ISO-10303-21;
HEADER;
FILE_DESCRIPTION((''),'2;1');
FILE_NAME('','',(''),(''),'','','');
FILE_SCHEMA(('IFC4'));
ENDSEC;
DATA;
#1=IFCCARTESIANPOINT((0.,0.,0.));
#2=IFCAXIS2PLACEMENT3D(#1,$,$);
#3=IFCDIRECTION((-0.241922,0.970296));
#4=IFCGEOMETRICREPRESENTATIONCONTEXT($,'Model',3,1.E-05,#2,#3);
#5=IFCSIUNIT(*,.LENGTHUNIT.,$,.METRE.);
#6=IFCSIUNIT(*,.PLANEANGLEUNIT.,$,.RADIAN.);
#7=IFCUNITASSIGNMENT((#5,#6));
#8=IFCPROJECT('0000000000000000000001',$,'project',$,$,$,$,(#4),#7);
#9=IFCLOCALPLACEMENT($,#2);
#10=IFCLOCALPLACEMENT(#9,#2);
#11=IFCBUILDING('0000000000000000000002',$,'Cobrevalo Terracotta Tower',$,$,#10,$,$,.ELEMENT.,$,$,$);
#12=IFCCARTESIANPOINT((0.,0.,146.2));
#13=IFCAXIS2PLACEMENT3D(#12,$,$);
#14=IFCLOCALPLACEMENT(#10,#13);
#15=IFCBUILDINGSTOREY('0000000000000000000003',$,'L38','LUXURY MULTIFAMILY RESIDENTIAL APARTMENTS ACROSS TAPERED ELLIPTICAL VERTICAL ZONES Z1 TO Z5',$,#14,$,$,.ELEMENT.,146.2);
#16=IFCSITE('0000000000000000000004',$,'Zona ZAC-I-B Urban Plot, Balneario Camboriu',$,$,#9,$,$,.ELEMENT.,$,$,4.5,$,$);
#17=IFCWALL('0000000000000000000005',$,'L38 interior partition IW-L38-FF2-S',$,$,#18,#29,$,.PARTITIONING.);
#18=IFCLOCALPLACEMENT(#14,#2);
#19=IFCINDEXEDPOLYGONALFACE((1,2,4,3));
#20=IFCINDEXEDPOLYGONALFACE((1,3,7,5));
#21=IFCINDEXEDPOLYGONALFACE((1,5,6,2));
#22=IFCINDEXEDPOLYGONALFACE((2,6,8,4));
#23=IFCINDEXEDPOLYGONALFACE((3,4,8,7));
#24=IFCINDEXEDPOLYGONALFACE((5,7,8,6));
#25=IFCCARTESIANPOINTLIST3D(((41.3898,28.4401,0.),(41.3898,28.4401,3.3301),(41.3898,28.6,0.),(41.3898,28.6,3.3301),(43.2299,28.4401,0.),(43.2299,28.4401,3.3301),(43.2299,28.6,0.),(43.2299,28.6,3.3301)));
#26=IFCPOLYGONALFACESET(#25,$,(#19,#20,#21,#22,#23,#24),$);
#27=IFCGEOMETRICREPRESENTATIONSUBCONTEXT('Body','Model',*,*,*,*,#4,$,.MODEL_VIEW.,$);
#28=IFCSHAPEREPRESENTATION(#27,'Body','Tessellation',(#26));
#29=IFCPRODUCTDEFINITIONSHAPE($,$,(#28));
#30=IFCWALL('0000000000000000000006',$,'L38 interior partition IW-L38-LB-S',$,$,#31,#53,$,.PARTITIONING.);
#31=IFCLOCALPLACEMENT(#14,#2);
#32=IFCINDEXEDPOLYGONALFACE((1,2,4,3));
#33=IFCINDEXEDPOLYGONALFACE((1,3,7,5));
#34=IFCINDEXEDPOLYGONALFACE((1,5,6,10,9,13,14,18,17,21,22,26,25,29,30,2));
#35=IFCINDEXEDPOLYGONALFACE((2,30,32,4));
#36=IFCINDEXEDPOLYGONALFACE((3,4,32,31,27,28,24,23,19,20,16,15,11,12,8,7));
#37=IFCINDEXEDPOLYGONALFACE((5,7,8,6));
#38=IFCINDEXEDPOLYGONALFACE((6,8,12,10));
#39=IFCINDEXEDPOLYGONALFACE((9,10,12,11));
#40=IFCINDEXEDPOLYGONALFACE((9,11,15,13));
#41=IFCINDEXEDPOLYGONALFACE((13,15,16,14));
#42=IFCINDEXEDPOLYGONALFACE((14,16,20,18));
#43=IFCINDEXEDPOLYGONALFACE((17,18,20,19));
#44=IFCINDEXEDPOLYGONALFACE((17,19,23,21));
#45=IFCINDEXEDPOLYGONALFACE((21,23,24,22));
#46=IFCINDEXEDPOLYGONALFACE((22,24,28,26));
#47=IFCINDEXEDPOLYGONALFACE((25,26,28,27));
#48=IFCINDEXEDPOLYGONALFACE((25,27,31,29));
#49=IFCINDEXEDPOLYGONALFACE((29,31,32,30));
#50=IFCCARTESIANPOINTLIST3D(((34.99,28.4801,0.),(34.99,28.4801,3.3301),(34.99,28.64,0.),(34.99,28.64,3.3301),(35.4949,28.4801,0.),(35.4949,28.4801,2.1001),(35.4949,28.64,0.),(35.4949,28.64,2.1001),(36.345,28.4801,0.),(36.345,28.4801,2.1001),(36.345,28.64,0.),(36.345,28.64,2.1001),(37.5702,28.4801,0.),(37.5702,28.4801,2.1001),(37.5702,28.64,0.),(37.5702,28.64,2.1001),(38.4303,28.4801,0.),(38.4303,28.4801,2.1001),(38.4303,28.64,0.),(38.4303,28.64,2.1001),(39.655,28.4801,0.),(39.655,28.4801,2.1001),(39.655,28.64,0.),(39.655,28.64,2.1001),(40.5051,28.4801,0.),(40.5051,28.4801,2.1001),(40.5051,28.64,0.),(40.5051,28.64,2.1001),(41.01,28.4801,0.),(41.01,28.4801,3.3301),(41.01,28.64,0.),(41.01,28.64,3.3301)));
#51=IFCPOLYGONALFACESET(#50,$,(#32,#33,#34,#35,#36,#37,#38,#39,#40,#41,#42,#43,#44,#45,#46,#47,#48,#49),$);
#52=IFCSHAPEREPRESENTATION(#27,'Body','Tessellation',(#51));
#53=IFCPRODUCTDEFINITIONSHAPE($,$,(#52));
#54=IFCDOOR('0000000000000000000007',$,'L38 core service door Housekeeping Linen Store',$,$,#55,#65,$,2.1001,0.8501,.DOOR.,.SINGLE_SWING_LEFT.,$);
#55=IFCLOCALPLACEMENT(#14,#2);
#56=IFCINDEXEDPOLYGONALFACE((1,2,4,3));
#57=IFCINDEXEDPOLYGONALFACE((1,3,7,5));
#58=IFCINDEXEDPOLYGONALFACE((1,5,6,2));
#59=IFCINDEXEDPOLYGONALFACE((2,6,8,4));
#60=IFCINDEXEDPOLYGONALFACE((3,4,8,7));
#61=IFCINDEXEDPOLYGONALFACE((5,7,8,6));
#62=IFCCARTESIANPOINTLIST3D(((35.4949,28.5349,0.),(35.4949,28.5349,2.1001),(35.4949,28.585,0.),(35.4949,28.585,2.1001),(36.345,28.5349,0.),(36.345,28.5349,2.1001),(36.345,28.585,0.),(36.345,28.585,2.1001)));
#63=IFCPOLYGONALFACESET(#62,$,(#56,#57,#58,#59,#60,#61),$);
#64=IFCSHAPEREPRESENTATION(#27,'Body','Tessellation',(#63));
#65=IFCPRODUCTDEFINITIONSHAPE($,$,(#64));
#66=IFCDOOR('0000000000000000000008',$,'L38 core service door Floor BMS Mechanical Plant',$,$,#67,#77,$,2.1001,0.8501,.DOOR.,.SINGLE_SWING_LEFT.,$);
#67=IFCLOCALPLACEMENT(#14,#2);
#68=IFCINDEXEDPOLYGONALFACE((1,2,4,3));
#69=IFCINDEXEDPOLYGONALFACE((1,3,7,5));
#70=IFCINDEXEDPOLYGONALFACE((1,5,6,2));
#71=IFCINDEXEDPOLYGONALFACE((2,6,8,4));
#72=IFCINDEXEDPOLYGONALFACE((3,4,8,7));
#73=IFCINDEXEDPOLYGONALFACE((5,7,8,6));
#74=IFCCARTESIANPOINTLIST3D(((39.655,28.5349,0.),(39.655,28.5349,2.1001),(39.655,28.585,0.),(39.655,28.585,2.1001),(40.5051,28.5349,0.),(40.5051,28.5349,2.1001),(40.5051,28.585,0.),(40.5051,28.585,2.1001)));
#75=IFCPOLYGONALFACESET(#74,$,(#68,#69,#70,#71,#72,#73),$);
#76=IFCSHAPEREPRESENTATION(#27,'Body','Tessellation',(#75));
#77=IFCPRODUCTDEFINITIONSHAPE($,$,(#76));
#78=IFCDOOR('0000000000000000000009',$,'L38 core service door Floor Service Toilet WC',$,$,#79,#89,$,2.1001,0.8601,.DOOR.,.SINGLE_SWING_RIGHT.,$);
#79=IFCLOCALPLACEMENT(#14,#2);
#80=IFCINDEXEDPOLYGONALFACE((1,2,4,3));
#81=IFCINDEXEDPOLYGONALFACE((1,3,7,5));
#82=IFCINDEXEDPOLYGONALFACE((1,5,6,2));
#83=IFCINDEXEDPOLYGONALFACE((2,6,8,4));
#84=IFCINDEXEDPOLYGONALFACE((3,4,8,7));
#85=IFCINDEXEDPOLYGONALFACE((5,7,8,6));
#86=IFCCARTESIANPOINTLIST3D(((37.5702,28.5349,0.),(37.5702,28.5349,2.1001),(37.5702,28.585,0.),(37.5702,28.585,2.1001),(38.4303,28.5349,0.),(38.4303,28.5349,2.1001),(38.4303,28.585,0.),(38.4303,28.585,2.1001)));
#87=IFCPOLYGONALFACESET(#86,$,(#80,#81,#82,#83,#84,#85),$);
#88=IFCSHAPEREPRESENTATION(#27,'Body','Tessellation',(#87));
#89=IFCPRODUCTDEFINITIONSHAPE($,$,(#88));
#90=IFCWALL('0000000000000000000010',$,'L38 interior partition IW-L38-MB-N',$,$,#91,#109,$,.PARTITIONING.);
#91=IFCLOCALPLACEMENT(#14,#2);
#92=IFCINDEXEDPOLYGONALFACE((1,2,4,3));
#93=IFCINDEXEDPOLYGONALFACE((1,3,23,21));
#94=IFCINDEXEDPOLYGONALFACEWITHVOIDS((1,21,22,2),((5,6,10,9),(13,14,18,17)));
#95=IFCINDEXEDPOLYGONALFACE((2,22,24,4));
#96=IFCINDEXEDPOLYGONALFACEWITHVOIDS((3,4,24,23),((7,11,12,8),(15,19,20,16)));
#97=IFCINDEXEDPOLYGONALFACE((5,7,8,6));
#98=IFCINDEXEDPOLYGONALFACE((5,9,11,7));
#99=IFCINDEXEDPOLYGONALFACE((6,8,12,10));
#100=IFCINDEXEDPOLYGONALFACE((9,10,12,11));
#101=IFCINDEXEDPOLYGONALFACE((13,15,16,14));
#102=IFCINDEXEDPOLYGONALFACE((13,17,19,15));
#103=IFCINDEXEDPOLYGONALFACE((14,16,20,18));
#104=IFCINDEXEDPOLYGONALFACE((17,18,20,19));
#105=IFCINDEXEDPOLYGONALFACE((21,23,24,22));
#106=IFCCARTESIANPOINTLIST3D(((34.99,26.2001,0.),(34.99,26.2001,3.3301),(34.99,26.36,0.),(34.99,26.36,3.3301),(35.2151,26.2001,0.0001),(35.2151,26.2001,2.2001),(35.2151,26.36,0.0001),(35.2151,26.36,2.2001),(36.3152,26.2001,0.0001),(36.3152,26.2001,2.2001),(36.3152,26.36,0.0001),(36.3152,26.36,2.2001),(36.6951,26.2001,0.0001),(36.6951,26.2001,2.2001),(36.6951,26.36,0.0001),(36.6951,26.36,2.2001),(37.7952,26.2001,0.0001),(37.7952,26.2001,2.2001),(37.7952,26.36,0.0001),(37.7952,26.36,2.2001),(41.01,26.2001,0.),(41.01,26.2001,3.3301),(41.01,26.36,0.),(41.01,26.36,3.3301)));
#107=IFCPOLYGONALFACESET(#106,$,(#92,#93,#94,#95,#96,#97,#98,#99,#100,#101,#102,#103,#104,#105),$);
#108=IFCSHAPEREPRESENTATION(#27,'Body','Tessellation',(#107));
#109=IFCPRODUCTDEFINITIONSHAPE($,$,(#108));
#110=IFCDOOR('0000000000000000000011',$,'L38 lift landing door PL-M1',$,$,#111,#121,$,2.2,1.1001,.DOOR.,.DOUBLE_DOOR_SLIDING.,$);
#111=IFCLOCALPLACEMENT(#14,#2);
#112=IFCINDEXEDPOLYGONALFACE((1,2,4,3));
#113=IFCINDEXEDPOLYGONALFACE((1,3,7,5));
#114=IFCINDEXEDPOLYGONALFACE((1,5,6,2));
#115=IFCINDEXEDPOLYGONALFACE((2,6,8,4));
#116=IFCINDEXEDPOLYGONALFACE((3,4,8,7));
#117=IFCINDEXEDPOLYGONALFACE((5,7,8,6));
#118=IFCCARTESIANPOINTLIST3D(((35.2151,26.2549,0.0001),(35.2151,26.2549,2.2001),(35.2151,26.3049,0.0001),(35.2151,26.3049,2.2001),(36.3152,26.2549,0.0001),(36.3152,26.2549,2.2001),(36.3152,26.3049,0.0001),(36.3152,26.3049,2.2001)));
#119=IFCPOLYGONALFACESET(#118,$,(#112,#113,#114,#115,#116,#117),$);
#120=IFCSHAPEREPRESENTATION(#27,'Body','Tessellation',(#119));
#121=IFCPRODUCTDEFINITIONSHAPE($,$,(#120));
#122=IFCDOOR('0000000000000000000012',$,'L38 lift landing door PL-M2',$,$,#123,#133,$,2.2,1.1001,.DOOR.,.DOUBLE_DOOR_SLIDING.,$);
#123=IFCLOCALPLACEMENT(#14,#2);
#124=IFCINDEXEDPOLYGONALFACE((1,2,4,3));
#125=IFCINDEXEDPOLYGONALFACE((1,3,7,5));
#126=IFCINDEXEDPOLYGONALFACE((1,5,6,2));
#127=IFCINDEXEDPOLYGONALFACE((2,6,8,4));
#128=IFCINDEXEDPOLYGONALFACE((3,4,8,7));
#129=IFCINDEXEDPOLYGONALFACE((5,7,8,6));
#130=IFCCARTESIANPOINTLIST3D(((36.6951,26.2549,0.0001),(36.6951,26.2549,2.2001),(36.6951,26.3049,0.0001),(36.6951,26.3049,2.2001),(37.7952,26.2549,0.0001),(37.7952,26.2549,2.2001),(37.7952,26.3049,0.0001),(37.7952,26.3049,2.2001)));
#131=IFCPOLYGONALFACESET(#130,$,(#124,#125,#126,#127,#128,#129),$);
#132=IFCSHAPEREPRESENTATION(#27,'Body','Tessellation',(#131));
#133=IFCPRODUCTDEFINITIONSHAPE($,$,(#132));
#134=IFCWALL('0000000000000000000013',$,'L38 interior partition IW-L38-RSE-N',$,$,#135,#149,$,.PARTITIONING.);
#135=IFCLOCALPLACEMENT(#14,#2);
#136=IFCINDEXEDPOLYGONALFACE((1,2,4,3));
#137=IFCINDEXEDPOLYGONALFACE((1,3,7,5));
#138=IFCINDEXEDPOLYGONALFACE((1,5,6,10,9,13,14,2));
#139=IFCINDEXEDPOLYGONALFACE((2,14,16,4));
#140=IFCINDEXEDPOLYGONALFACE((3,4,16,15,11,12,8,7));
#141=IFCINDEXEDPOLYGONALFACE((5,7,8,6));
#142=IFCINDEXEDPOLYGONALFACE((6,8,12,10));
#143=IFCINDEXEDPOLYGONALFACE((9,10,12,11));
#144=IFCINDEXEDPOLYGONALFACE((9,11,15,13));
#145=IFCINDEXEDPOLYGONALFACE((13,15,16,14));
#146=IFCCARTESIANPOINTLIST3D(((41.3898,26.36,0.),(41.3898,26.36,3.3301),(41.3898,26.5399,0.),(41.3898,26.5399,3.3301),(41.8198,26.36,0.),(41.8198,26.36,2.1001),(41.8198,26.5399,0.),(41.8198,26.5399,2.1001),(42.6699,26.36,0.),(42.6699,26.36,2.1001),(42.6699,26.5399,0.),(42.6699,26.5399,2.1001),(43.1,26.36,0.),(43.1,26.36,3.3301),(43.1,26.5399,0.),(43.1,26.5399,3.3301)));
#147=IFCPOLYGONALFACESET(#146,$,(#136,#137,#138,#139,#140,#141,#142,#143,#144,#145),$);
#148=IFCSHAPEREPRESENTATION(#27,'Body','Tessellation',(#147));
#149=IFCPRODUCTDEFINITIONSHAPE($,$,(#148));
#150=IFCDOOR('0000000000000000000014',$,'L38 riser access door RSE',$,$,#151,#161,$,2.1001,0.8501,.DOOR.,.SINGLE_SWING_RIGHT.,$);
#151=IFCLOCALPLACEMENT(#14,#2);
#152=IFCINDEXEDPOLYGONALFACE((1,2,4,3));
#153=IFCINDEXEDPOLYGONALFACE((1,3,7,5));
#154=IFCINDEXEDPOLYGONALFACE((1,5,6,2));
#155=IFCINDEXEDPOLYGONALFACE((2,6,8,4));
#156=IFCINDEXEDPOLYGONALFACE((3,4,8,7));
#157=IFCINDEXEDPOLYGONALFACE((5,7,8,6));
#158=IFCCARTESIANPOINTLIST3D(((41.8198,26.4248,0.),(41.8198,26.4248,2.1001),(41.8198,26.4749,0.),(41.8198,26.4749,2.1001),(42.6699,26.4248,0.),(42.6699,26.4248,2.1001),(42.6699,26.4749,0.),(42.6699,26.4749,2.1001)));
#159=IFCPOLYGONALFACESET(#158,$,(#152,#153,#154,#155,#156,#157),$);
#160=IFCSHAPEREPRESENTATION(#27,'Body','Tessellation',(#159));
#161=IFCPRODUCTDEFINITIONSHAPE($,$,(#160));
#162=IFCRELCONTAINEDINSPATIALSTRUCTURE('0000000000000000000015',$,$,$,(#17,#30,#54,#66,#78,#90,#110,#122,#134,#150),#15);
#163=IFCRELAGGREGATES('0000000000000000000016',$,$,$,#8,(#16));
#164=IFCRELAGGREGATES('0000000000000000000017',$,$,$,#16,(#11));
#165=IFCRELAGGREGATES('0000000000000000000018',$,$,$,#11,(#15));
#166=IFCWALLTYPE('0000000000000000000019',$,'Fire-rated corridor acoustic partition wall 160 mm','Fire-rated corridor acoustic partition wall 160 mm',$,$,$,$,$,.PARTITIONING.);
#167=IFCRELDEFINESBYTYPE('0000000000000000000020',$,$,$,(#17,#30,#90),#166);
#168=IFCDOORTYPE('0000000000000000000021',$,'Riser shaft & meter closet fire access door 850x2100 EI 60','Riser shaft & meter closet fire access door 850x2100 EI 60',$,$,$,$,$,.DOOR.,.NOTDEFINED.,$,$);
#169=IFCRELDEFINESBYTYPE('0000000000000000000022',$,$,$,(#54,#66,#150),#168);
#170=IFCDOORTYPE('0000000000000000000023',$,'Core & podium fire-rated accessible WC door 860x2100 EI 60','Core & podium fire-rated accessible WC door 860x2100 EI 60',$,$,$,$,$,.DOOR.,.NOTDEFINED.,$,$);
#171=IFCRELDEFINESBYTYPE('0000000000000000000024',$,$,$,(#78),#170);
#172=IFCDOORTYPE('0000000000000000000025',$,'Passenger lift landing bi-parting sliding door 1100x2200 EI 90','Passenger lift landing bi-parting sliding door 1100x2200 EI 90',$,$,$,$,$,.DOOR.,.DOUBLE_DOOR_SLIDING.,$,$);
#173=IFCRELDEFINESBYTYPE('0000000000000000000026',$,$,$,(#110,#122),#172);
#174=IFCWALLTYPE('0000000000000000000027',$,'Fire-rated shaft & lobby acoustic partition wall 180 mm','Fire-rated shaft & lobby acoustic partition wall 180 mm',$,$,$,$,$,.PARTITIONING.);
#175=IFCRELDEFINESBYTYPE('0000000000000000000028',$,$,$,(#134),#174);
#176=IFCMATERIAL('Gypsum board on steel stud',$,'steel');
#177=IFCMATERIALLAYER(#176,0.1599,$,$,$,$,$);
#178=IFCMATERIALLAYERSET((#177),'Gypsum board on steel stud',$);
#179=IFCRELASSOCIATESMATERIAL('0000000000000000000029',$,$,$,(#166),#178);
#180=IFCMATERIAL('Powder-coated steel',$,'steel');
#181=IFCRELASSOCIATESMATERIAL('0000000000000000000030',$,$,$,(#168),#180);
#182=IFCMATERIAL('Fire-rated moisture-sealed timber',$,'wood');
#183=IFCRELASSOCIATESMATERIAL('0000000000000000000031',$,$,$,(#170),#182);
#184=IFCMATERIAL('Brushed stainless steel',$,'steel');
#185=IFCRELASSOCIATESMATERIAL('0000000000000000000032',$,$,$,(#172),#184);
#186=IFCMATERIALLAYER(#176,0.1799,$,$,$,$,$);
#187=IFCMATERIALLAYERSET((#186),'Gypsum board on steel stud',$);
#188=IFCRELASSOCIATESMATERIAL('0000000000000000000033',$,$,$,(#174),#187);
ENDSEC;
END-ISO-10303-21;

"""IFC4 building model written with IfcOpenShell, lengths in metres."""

from ifc_helpers import new_model, si_unit, direction, frame, frame_2d, origin, place, context, subcontext, project, spatial, rectangle, extrude, source, transform, mapped, material, layer, layer_set, type_object, element, fill, save


model = new_model("IFC4")

# Units and contexts
model_context = context("Model", 3, precision=1e-05, world=origin(), true_north=direction((-0.241922, 0.970296)))
body_context = subcontext(model_context, "Body", "Model", "MODEL_VIEW")
ifc_project = project(units=[si_unit("LENGTHUNIT", "METRE"), si_unit("PLANEANGLEUNIT", "RADIAN")], contexts=[model_context])

# Site, building, storey
site_placement = place(None, origin())
site = spatial("IfcSite", under=ifc_project, at=site_placement, Name="Zona ZAC-I-B Urban Plot, Balneario Camboriu", CompositionType="ELEMENT", RefElevation=4.5)
building_placement = place(site_placement, origin())
building = spatial("IfcBuilding", under=site, at=building_placement, Name="Cobrevalo Terracotta Tower", CompositionType="ELEMENT")
storey_placement = place(building_placement, frame((0.0, 0.0, 146.2)))
storey = spatial("IfcBuildingStorey", under=building, at=storey_placement, Name="L38", Description="LUXURY MULTIFAMILY RESIDENTIAL APARTMENTS ACROSS TAPERED ELLIPTICAL VERTICAL ZONES Z1 TO Z5", CompositionType="ELEMENT", Elevation=146.2)

# Wall
ifc_material_1 = material(Name="Gypsum board on steel stud", Category="steel")
ifc_layer_1 = layer(ifc_material_1, 0.1599)
ifc_layer_set_1 = layer_set([ifc_layer_1], Name="Gypsum board on steel stud")
wall_type_1 = type_object("IfcWallType", Name="Fire-rated corridor acoustic partition wall 160 mm", Description="Fire-rated corridor acoustic partition wall 160 mm", PredefinedType="PARTITIONING", material=ifc_layer_set_1)
wall_1_placement = place(storey_placement, frame((41.3899, 28.52, 0.0), z_axis=(0.0, 0.0, 1.0), x_axis=(1.0, 0.0, 0.0)))
element("IfcWall", 1, at=wall_1_placement, inside=storey, type_object=wall_type_1, Name="L38 interior partition IW-L38-FF2-S", PredefinedType="PARTITIONING", context=body_context, shape_type="SweptSolid", body=[
    extrude(rectangle(XDim=1.8401, YDim=0.1599, at=frame_2d((0.9199, 0.0))), origin(), (0.0, 0.0, 1.0), 3.3301),
])

# Walls, openings, doors
wall_2_placement = place(storey_placement, frame((34.99, 28.5601, 0.0), z_axis=(0.0, 0.0, 1.0), x_axis=(1.0, 0.0, 0.0)))
wall_2 = element("IfcWall", 2, at=wall_2_placement, inside=storey, type_object=wall_type_1, Name="L38 interior partition IW-L38-LB-S", PredefinedType="PARTITIONING", context=body_context, shape_type="SweptSolid", body=[
    extrude(rectangle(XDim=6.02, YDim=0.1599, at=frame_2d((3.01, 0.0))), origin(), (0.0, 0.0, 1.0), 3.3301),
])
opening_1_placement = place(wall_2_placement, frame((0.5049, 0.0, 0.0)))
opening_1 = element("IfcOpeningElement", 3, at=opening_1_placement, cuts=wall_2, PredefinedType="OPENING", context=body_context, shape_type="SweptSolid", body=[
    extrude(rectangle(XDim=0.8501, YDim=2.1001, at=frame_2d((0.425, 1.05))), frame((0.0, 0.0898, 0.0), z_axis=(0.0, -1.0, 0.0), x_axis=(1.0, 0.0, 0.0)), (0.0, 0.0, 1.0), 0.1799),
])
opening_2_placement = place(wall_2_placement, frame((2.5801, 0.0, 0.0)))
opening_2 = element("IfcOpeningElement", 4, at=opening_2_placement, cuts=wall_2, PredefinedType="OPENING", context=body_context, shape_type="SweptSolid", body=[
    extrude(rectangle(XDim=0.8601, YDim=2.1001, at=frame_2d((0.4302, 1.05))), frame((0.0, 0.0898, 0.0), z_axis=(0.0, -1.0, 0.0), x_axis=(1.0, 0.0, 0.0)), (0.0, 0.0, 1.0), 0.1799),
])
opening_3_placement = place(wall_2_placement, frame((4.665, 0.0, 0.0)))
opening_3 = element("IfcOpeningElement", 5, at=opening_3_placement, cuts=wall_2, PredefinedType="OPENING", context=body_context, shape_type="SweptSolid", body=[
    extrude(rectangle(XDim=0.8501, YDim=2.1001, at=frame_2d((0.425, 1.05))), frame((0.0, 0.0898, 0.0), z_axis=(0.0, -1.0, 0.0), x_axis=(1.0, 0.0, 0.0)), (0.0, 0.0, 1.0), 0.1799),
])
ifc_material_2 = material(Name="Powder-coated steel", Category="steel")
door_type_1 = type_object("IfcDoorType", Name="Riser shaft & meter closet fire access door 850x2100 EI 60", Description="Riser shaft & meter closet fire access door 850x2100 EI 60", OperationType="NOTDEFINED", PredefinedType="DOOR", material=ifc_material_2)
shared_shape_1 = source(origin(), body_context, "Body", "SweptSolid", [
    extrude(rectangle(XDim=0.8501, YDim=2.1001, at=frame_2d((0.425, 1.05))), frame((0.0, 0.0249, 0.0), z_axis=(0.0, -1.0, 0.0), x_axis=(1.0, 0.0, 0.0)), (0.0, 0.0, 1.0), 0.05),
])
door_1_placement = place(opening_1_placement, origin())
door_1 = element("IfcDoor", 6, at=door_1_placement, inside=storey, type_object=door_type_1, Name="L38 core service door Housekeeping Linen Store", OperationType="SINGLE_SWING_LEFT", OverallHeight=2.1001, OverallWidth=0.8501, PredefinedType="DOOR", context=body_context, shape_type="MappedRepresentation", body=[
    mapped(shared_shape_1, transform((0.0, 0.0, 0.0), scale=1.0)),
])
fill(opening_1, door_1)
door_2_placement = place(opening_3_placement, origin())
door_2 = element("IfcDoor", 7, at=door_2_placement, inside=storey, type_object=door_type_1, Name="L38 core service door Floor BMS Mechanical Plant", OperationType="SINGLE_SWING_LEFT", OverallHeight=2.1001, OverallWidth=0.8501, PredefinedType="DOOR", context=body_context, shape_type="MappedRepresentation", body=[
    mapped(shared_shape_1, transform((0.0, 0.0, 0.0), scale=1.0)),
])
fill(opening_3, door_2)
ifc_material_3 = material(Name="Fire-rated moisture-sealed timber", Category="wood")
door_type_2 = type_object("IfcDoorType", Name="Core & podium fire-rated accessible WC door 860x2100 EI 60", Description="Core & podium fire-rated accessible WC door 860x2100 EI 60", OperationType="NOTDEFINED", PredefinedType="DOOR", material=ifc_material_3)
shared_shape_2 = source(origin(), body_context, "Body", "SweptSolid", [
    extrude(rectangle(XDim=0.8601, YDim=2.1001, at=frame_2d((0.4302, 1.05))), frame((0.0, 0.0249, 0.0), z_axis=(0.0, -1.0, 0.0), x_axis=(1.0, 0.0, 0.0)), (0.0, 0.0, 1.0), 0.05),
])
door_3_placement = place(opening_2_placement, origin())
door_3 = element("IfcDoor", 8, at=door_3_placement, inside=storey, type_object=door_type_2, Name="L38 core service door Floor Service Toilet WC", OperationType="SINGLE_SWING_RIGHT", OverallHeight=2.1001, OverallWidth=0.8601, PredefinedType="DOOR", context=body_context, shape_type="MappedRepresentation", body=[
    mapped(shared_shape_2, transform((0.0, 0.0, 0.0), scale=1.0)),
])
fill(opening_2, door_3)
wall_3_placement = place(storey_placement, frame((34.99, 26.28, 0.0), z_axis=(0.0, 0.0, 1.0), x_axis=(1.0, 0.0, 0.0)))
wall_3 = element("IfcWall", 9, at=wall_3_placement, inside=storey, type_object=wall_type_1, Name="L38 interior partition IW-L38-MB-N", PredefinedType="PARTITIONING", context=body_context, shape_type="SweptSolid", body=[
    extrude(rectangle(XDim=6.02, YDim=0.1599, at=frame_2d((3.01, 0.0))), origin(), (0.0, 0.0, 1.0), 3.3301),
])
opening_4_placement = place(wall_3_placement, frame((0.2251, 0.0, 0.0)))
opening_4 = element("IfcOpeningElement", 10, at=opening_4_placement, cuts=wall_3, PredefinedType="OPENING", context=body_context, shape_type="SweptSolid", body=[
    extrude(rectangle(XDim=1.1001, YDim=2.2, at=frame_2d((0.55, 1.1001))), frame((0.0, 0.0898, 0.0), z_axis=(0.0, -1.0, 0.0), x_axis=(1.0, 0.0, 0.0)), (0.0, 0.0, 1.0), 0.1799),
])
opening_5_placement = place(wall_3_placement, frame((1.7051, 0.0, 0.0)))
opening_5 = element("IfcOpeningElement", 11, at=opening_5_placement, cuts=wall_3, PredefinedType="OPENING", context=body_context, shape_type="SweptSolid", body=[
    extrude(rectangle(XDim=1.1001, YDim=2.2, at=frame_2d((0.55, 1.1001))), frame((0.0, 0.0898, 0.0), z_axis=(0.0, -1.0, 0.0), x_axis=(1.0, 0.0, 0.0)), (0.0, 0.0, 1.0), 0.1799),
])
ifc_material_4 = material(Name="Brushed stainless steel", Category="steel")
door_type_3 = type_object("IfcDoorType", Name="Passenger lift landing bi-parting sliding door 1100x2200 EI 90", Description="Passenger lift landing bi-parting sliding door 1100x2200 EI 90", OperationType="DOUBLE_DOOR_SLIDING", PredefinedType="DOOR", material=ifc_material_4)
shared_shape_3 = source(origin(), body_context, "Body", "SweptSolid", [
    extrude(rectangle(XDim=1.1001, YDim=2.2, at=frame_2d((0.55, 1.1001))), frame((0.0, 0.0249, 0.0), z_axis=(0.0, -1.0, 0.0), x_axis=(1.0, 0.0, 0.0)), (0.0, 0.0, 1.0), 0.05),
])
door_4_placement = place(opening_4_placement, origin())
door_4 = element("IfcDoor", 12, at=door_4_placement, inside=storey, type_object=door_type_3, Name="L38 lift landing door PL-M1", OperationType="DOUBLE_DOOR_SLIDING", OverallHeight=2.2, OverallWidth=1.1001, PredefinedType="DOOR", context=body_context, shape_type="MappedRepresentation", body=[
    mapped(shared_shape_3, transform((0.0, 0.0, 0.0), scale=1.0)),
])
fill(opening_4, door_4)
door_5_placement = place(opening_5_placement, origin())
door_5 = element("IfcDoor", 13, at=door_5_placement, inside=storey, type_object=door_type_3, Name="L38 lift landing door PL-M2", OperationType="DOUBLE_DOOR_SLIDING", OverallHeight=2.2, OverallWidth=1.1001, PredefinedType="DOOR", context=body_context, shape_type="MappedRepresentation", body=[
    mapped(shared_shape_3, transform((0.0, 0.0, 0.0), scale=1.0)),
])
fill(opening_5, door_5)

# Wall, opening, door
ifc_layer_2 = layer(ifc_material_1, 0.1799)
ifc_layer_set_2 = layer_set([ifc_layer_2], Name="Gypsum board on steel stud")
wall_type_2 = type_object("IfcWallType", Name="Fire-rated shaft & lobby acoustic partition wall 180 mm", Description="Fire-rated shaft & lobby acoustic partition wall 180 mm", PredefinedType="PARTITIONING", material=ifc_layer_set_2)
wall_4_placement = place(storey_placement, frame((41.3899, 26.45, 0.0), z_axis=(0.0, 0.0, 1.0), x_axis=(1.0, 0.0, 0.0)))
wall_4 = element("IfcWall", 14, at=wall_4_placement, inside=storey, type_object=wall_type_2, Name="L38 interior partition IW-L38-RSE-N", PredefinedType="PARTITIONING", context=body_context, shape_type="SweptSolid", body=[
    extrude(rectangle(XDim=1.7102, YDim=0.1799, at=frame_2d((0.855, 0.0))), origin(), (0.0, 0.0, 1.0), 3.3301),
])
opening_6_placement = place(wall_4_placement, frame((0.4299, 0.0, 0.0)))
opening_6 = element("IfcOpeningElement", 15, at=opening_6_placement, cuts=wall_4, PredefinedType="OPENING", context=body_context, shape_type="SweptSolid", body=[
    extrude(rectangle(XDim=0.8501, YDim=2.1001, at=frame_2d((0.425, 1.05))), frame((0.0, 0.1001, 0.0), z_axis=(0.0, -1.0, 0.0), x_axis=(1.0, 0.0, 0.0)), (0.0, 0.0, 1.0), 0.2),
])
door_6_placement = place(opening_6_placement, origin())
door_6 = element("IfcDoor", 16, at=door_6_placement, inside=storey, type_object=door_type_1, Name="L38 riser access door RSE", OperationType="SINGLE_SWING_RIGHT", OverallHeight=2.1001, OverallWidth=0.8501, PredefinedType="DOOR", context=body_context, shape_type="MappedRepresentation", body=[
    mapped(shared_shape_1, transform((0.0, 0.0, 0.0), scale=1.0)),
])
fill(opening_6, door_6)

save(model, "model.ifc")
